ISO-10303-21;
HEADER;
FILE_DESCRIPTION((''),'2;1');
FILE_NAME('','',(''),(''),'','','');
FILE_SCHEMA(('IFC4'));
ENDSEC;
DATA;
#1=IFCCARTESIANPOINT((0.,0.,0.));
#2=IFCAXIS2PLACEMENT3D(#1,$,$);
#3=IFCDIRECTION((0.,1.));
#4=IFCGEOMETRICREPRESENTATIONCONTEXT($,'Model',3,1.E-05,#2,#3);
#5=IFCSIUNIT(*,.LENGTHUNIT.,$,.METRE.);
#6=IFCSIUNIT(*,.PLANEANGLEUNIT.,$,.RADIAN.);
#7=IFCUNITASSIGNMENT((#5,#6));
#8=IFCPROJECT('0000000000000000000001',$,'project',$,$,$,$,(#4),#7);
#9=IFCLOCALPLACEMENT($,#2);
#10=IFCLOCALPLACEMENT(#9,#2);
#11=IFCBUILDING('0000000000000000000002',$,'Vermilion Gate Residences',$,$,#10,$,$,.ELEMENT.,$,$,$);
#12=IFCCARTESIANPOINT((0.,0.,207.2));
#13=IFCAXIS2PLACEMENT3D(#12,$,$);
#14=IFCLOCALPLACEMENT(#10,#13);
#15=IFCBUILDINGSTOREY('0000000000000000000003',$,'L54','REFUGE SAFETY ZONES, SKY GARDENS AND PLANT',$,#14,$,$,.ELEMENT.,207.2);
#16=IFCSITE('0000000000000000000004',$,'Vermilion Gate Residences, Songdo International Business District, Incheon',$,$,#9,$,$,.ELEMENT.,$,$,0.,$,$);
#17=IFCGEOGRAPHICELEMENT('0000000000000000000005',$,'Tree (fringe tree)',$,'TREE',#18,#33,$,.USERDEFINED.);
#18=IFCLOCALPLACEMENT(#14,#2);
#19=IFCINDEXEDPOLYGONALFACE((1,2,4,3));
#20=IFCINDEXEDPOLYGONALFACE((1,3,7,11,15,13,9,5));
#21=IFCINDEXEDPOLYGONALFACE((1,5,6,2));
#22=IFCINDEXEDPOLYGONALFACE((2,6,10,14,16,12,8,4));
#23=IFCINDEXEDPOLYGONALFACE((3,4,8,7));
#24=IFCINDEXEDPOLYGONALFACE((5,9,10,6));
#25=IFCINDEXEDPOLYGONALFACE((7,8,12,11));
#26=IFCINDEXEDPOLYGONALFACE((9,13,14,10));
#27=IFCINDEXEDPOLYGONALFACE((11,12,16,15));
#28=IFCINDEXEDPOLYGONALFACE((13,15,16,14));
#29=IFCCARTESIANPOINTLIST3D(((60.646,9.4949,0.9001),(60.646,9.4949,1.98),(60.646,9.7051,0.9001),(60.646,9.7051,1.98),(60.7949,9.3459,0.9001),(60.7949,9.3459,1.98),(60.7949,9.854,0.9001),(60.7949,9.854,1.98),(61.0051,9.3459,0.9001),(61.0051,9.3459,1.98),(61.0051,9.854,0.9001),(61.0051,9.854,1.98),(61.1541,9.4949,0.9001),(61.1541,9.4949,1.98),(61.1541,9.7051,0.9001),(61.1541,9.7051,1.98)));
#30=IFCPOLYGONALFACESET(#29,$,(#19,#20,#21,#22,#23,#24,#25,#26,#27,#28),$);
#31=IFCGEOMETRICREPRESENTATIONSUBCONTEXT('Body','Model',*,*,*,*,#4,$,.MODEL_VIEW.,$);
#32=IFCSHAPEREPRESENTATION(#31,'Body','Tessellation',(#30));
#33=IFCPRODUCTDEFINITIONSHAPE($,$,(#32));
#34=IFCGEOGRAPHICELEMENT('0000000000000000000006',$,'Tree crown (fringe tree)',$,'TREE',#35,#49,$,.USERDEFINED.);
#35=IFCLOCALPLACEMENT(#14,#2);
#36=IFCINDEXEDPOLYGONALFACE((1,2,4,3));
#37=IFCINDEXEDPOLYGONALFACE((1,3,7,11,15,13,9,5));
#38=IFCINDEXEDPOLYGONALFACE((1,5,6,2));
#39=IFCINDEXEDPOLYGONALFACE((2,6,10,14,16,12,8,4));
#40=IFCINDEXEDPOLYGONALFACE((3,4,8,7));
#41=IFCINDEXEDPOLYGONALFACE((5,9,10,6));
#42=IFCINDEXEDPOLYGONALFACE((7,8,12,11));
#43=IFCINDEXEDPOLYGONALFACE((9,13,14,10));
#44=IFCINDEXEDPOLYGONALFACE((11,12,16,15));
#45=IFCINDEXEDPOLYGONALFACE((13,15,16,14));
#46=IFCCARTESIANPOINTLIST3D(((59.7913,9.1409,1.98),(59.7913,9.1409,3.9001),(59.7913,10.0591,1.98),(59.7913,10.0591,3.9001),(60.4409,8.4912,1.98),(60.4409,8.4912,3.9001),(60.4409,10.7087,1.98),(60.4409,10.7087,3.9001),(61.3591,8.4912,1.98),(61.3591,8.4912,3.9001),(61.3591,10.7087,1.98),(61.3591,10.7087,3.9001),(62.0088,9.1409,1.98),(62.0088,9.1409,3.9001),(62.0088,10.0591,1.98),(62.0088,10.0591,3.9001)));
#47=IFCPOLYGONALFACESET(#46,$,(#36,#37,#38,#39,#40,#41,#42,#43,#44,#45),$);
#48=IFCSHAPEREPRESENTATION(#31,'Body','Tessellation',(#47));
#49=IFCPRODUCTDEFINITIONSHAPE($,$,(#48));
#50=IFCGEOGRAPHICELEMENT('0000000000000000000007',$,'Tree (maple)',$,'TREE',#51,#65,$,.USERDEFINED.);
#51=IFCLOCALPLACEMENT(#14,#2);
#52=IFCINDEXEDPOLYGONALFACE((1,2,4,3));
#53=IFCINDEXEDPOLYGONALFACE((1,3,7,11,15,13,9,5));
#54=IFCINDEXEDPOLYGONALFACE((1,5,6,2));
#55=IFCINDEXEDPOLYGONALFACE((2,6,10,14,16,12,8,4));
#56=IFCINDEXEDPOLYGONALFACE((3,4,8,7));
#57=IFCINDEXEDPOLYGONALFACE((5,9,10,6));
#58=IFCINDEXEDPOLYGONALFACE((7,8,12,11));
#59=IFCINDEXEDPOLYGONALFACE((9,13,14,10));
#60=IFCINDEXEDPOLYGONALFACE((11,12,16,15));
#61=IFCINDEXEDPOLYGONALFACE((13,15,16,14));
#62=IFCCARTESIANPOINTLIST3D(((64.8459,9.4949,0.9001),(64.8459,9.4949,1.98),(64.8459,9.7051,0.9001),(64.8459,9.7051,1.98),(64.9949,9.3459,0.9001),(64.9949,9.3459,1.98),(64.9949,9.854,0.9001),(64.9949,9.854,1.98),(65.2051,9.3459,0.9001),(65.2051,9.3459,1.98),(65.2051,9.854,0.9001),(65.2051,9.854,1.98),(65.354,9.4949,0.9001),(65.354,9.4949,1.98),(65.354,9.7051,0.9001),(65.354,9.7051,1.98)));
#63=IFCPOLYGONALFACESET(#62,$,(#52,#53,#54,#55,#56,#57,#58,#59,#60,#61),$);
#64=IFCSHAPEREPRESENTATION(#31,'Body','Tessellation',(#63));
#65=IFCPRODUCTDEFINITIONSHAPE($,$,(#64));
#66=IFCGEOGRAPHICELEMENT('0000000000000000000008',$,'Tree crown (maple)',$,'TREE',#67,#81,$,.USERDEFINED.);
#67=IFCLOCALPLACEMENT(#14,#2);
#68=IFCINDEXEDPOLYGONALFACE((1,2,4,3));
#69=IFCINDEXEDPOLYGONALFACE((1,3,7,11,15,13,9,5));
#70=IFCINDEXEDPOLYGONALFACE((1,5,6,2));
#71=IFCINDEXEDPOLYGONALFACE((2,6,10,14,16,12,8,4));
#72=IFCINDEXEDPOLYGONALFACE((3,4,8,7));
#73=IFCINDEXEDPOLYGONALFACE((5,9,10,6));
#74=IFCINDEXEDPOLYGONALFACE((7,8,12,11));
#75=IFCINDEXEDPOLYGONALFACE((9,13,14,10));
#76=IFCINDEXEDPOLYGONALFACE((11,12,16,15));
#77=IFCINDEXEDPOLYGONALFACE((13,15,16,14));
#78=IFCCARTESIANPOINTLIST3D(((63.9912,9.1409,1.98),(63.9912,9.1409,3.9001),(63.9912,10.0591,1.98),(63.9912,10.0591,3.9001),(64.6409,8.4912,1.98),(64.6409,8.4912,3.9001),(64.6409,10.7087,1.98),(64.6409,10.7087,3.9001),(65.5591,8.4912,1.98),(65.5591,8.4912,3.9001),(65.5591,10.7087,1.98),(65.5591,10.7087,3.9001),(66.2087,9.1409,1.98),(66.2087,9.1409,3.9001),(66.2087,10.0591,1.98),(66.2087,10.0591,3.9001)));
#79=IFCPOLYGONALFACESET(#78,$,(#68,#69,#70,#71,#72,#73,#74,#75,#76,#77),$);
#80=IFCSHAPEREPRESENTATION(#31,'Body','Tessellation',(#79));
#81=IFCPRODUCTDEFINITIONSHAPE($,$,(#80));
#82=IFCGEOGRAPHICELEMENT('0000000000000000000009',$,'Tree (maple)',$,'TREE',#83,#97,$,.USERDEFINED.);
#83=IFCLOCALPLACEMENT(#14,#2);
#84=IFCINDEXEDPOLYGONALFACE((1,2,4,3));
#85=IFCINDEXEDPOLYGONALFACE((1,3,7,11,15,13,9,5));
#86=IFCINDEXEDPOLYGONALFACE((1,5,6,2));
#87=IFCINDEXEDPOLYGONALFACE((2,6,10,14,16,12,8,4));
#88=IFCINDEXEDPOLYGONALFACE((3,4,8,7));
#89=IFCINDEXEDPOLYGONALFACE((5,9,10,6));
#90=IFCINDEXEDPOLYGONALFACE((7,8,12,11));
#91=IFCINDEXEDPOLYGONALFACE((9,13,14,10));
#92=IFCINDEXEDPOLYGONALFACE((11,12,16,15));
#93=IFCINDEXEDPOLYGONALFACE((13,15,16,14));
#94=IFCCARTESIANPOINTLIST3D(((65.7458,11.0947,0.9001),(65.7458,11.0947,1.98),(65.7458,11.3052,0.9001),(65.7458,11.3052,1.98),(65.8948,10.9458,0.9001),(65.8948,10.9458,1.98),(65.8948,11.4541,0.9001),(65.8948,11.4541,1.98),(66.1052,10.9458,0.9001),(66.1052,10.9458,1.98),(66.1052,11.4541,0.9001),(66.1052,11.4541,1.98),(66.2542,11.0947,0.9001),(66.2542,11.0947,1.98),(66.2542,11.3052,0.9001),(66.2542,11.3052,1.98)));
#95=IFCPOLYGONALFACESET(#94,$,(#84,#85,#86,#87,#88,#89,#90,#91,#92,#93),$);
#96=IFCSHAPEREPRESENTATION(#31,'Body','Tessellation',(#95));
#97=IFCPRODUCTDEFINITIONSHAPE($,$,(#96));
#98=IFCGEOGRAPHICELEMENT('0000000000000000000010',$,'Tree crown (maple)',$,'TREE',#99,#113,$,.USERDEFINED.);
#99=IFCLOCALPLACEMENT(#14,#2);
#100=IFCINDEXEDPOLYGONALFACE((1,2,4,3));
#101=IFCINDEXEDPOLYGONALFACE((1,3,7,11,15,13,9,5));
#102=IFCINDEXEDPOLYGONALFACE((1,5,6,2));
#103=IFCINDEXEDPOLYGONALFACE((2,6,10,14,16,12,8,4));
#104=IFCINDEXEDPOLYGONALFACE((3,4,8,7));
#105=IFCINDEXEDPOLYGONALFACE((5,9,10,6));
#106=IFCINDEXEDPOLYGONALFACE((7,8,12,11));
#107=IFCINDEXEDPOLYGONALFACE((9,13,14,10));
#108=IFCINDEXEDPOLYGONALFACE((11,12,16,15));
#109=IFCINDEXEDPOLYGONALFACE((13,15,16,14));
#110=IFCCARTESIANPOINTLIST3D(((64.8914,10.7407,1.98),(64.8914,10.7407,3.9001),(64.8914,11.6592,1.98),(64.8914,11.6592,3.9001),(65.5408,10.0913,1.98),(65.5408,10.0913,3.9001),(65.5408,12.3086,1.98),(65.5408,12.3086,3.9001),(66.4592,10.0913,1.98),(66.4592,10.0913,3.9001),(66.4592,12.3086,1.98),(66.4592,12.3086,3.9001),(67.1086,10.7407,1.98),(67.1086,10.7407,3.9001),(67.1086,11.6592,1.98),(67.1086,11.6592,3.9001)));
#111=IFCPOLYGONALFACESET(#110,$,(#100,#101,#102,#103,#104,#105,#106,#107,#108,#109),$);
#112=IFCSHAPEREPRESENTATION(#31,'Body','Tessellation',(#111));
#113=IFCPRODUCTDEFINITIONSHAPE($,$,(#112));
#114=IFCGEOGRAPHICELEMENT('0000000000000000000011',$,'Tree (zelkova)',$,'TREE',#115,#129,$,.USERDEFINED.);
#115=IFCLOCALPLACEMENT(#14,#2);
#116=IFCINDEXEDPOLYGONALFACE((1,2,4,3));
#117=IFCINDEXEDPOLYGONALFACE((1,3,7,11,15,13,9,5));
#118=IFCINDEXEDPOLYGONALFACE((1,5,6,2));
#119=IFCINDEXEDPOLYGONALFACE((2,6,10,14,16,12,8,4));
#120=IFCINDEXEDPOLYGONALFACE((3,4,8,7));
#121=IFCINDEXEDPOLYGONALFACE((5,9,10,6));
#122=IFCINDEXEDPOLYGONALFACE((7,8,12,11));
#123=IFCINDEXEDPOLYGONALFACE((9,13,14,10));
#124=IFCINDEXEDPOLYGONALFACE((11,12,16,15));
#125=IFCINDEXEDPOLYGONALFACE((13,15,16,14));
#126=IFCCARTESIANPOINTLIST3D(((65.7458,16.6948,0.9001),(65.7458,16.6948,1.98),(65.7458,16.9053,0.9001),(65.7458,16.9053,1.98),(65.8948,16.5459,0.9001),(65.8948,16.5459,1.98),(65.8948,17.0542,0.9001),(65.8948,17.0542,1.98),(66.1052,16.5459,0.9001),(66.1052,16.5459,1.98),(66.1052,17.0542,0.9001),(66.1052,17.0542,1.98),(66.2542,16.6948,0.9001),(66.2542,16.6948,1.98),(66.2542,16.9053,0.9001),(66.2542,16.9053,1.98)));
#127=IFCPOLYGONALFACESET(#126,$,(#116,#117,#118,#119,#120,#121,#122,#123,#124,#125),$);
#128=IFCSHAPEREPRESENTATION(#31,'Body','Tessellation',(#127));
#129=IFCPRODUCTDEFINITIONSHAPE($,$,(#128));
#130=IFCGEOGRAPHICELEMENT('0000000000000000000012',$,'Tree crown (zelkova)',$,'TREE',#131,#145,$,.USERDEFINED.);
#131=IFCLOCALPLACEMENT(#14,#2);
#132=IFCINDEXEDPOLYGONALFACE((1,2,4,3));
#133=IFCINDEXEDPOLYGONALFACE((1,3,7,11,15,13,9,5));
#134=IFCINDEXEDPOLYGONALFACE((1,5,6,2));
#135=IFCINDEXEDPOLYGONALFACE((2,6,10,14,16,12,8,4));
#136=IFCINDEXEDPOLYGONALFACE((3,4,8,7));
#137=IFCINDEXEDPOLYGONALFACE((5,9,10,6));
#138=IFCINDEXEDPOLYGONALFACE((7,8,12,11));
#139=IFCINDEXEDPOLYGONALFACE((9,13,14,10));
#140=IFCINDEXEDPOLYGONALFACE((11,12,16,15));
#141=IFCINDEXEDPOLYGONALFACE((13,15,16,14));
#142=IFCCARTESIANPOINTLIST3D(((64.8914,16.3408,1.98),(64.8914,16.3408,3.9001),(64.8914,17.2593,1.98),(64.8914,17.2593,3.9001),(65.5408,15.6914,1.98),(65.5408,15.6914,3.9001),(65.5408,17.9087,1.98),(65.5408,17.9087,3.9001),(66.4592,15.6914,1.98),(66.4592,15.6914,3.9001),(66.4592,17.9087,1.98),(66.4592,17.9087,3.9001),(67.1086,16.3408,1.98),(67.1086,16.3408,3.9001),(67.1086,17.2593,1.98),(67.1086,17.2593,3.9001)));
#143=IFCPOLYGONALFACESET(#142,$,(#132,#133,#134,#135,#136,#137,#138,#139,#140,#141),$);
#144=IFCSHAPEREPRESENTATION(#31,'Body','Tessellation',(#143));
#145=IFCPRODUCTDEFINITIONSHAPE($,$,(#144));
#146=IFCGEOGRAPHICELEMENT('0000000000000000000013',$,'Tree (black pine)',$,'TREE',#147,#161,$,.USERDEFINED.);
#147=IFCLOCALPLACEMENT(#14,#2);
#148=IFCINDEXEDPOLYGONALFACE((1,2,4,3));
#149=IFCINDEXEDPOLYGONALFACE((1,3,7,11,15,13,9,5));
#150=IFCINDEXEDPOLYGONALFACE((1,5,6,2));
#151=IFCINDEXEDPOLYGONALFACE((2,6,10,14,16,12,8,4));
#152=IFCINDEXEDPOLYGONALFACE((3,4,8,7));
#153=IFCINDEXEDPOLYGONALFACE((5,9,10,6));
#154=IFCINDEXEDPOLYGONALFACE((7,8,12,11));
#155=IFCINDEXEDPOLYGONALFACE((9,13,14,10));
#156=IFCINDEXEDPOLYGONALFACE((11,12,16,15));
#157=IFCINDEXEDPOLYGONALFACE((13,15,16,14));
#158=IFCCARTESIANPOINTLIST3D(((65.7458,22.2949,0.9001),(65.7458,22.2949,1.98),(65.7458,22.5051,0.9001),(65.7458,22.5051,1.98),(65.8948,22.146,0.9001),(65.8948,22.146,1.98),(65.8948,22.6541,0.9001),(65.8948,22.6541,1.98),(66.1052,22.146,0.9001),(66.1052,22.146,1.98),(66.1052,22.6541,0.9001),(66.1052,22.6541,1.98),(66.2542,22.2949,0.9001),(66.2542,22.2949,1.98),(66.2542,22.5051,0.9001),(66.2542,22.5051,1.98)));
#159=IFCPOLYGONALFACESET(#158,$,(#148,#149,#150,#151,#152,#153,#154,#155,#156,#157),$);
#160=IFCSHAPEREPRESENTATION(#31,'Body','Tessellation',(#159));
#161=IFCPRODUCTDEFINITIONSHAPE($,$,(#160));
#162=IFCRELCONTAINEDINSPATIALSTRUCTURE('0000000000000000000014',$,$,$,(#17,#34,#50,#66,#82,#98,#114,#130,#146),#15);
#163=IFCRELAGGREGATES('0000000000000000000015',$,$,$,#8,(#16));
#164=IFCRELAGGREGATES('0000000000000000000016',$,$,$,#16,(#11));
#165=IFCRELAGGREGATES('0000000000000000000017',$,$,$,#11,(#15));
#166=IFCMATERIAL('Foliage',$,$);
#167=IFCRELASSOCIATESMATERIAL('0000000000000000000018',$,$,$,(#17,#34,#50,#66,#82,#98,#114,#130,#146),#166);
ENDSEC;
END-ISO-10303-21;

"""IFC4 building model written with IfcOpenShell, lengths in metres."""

from ifc_helpers import new_model, si_unit, direction, frame, origin, place, context, subcontext, project, spatial, polyline, outline, extrude, material, element, save


model = new_model("IFC4")

# Units and contexts
model_context = context("Model", 3, precision=1e-05, world=origin(), true_north=direction((0.0, 1.0)))
body_context = subcontext(model_context, "Body", "Model", "MODEL_VIEW")
ifc_project = project(units=[si_unit("LENGTHUNIT", "METRE"), si_unit("PLANEANGLEUNIT", "RADIAN")], contexts=[model_context])

# Site, building, storey
site_placement = place(None, origin())
site = spatial("IfcSite", under=ifc_project, at=site_placement, Name="Vermilion Gate Residences, Songdo International Business District, Incheon", CompositionType="ELEMENT", RefElevation=0.0)
building_placement = place(site_placement, origin())
building = spatial("IfcBuilding", under=site, at=building_placement, Name="Vermilion Gate Residences", CompositionType="ELEMENT")
storey_placement = place(building_placement, frame((0.0, 0.0, 207.2)))
storey = spatial("IfcBuildingStorey", under=building, at=storey_placement, Name="L54", Description="REFUGE SAFETY ZONES, SKY GARDENS AND PLANT", CompositionType="ELEMENT", Elevation=207.2)

# Geographic elements
ifc_material_1 = material(Name="Foliage")
geographic_element_1_placement = place(storey_placement, frame((0.0, 0.0, 0.9001)))
element("IfcGeographicElement", 1, at=geographic_element_1_placement, inside=storey, material=ifc_material_1, Name="Tree (fringe tree)", ObjectType="TREE", PredefinedType="USERDEFINED", context=body_context, shape_type="SweptSolid", body=[
    extrude(outline(polyline([(61.1541, 9.7051), (61.0051, 9.854), (60.7949, 9.854), (60.646, 9.7051), (60.646, 9.4949), (60.7949, 9.3459), (61.0051, 9.3459), (61.1541, 9.4949), (61.1541, 9.7051)])), origin(), (0.0, 0.0, 1.0), 1.0798),
])
geographic_element_2_placement = place(storey_placement, frame((0.0, 0.0, 1.98)))
element("IfcGeographicElement", 2, at=geographic_element_2_placement, inside=storey, material=ifc_material_1, Name="Tree crown (fringe tree)", ObjectType="TREE", PredefinedType="USERDEFINED", context=body_context, shape_type="SweptSolid", body=[
    extrude(outline(polyline([(62.0088, 10.0591), (61.3591, 10.7087), (60.4409, 10.7087), (59.7913, 10.0591), (59.7913, 9.1409), (60.4409, 8.4912), (61.3591, 8.4912), (62.0088, 9.1409), (62.0088, 10.0591)])), origin(), (0.0, 0.0, 1.0), 1.9202),
])
geographic_element_3_placement = place(storey_placement, frame((0.0, 0.0, 0.9001)))
element("IfcGeographicElement", 3, at=geographic_element_3_placement, inside=storey, material=ifc_material_1, Name="Tree (maple)", ObjectType="TREE", PredefinedType="USERDEFINED", context=body_context, shape_type="SweptSolid", body=[
    extrude(outline(polyline([(65.354, 9.7051), (65.2051, 9.854), (64.9949, 9.854), (64.8459, 9.7051), (64.8459, 9.4949), (64.9949, 9.3459), (65.2051, 9.3459), (65.354, 9.4949), (65.354, 9.7051)])), origin(), (0.0, 0.0, 1.0), 1.0798),
])
geographic_element_4_placement = place(storey_placement, frame((0.0, 0.0, 1.98)))
element("IfcGeographicElement", 4, at=geographic_element_4_placement, inside=storey, material=ifc_material_1, Name="Tree crown (maple)", ObjectType="TREE", PredefinedType="USERDEFINED", context=body_context, shape_type="SweptSolid", body=[
    extrude(outline(polyline([(66.2087, 10.0591), (65.5591, 10.7087), (64.6409, 10.7087), (63.9912, 10.0591), (63.9912, 9.1409), (64.6409, 8.4912), (65.5591, 8.4912), (66.2087, 9.1409), (66.2087, 10.0591)])), origin(), (0.0, 0.0, 1.0), 1.9202),
])
geographic_element_5_placement = place(storey_placement, frame((0.0, 0.0, 0.9001)))
element("IfcGeographicElement", 5, at=geographic_element_5_placement, inside=storey, material=ifc_material_1, Name="Tree (maple)", ObjectType="TREE", PredefinedType="USERDEFINED", context=body_context, shape_type="SweptSolid", body=[
    extrude(outline(polyline([(66.2542, 11.3052), (66.1052, 11.4541), (65.8948, 11.4541), (65.7458, 11.3052), (65.7458, 11.0947), (65.8948, 10.9458), (66.1052, 10.9458), (66.2542, 11.0947), (66.2542, 11.3052)])), origin(), (0.0, 0.0, 1.0), 1.0798),
])
geographic_element_6_placement = place(storey_placement, frame((0.0, 0.0, 1.98)))
element("IfcGeographicElement", 6, at=geographic_element_6_placement, inside=storey, material=ifc_material_1, Name="Tree crown (maple)", ObjectType="TREE", PredefinedType="USERDEFINED", context=body_context, shape_type="SweptSolid", body=[
    extrude(outline(polyline([(67.1086, 11.6592), (66.4592, 12.3086), (65.5408, 12.3086), (64.8914, 11.6592), (64.8914, 10.7407), (65.5408, 10.0913), (66.4592, 10.0913), (67.1086, 10.7407), (67.1086, 11.6592)])), origin(), (0.0, 0.0, 1.0), 1.9202),
])
geographic_element_7_placement = place(storey_placement, frame((0.0, 0.0, 0.9001)))
element("IfcGeographicElement", 7, at=geographic_element_7_placement, inside=storey, material=ifc_material_1, Name="Tree (zelkova)", ObjectType="TREE", PredefinedType="USERDEFINED", context=body_context, shape_type="SweptSolid", body=[
    extrude(outline(polyline([(66.2542, 16.9053), (66.1052, 17.0542), (65.8948, 17.0542), (65.7458, 16.9053), (65.7458, 16.6948), (65.8948, 16.5459), (66.1052, 16.5459), (66.2542, 16.6948), (66.2542, 16.9053)])), origin(), (0.0, 0.0, 1.0), 1.0798),
])
geographic_element_8_placement = place(storey_placement, frame((0.0, 0.0, 1.98)))
element("IfcGeographicElement", 8, at=geographic_element_8_placement, inside=storey, material=ifc_material_1, Name="Tree crown (zelkova)", ObjectType="TREE", PredefinedType="USERDEFINED", context=body_context, shape_type="SweptSolid", body=[
    extrude(outline(polyline([(67.1086, 17.2593), (66.4592, 17.9087), (65.5408, 17.9087), (64.8914, 17.2593), (64.8914, 16.3408), (65.5408, 15.6914), (66.4592, 15.6914), (67.1086, 16.3408), (67.1086, 17.2593)])), origin(), (0.0, 0.0, 1.0), 1.9202),
])
geographic_element_9_placement = place(storey_placement, frame((0.0, 0.0, 0.9001)))
element("IfcGeographicElement", 9, at=geographic_element_9_placement, inside=storey, material=ifc_material_1, Name="Tree (black pine)", ObjectType="TREE", PredefinedType="USERDEFINED", context=body_context, shape_type="SweptSolid", body=[
    extrude(outline(polyline([(66.2542, 22.5051), (66.1052, 22.6541), (65.8948, 22.6541), (65.7458, 22.5051), (65.7458, 22.2949), (65.8948, 22.146), (66.1052, 22.146), (66.2542, 22.2949), (66.2542, 22.5051)])), origin(), (0.0, 0.0, 1.0), 1.0798),
])

save(model, "model.ifc")
